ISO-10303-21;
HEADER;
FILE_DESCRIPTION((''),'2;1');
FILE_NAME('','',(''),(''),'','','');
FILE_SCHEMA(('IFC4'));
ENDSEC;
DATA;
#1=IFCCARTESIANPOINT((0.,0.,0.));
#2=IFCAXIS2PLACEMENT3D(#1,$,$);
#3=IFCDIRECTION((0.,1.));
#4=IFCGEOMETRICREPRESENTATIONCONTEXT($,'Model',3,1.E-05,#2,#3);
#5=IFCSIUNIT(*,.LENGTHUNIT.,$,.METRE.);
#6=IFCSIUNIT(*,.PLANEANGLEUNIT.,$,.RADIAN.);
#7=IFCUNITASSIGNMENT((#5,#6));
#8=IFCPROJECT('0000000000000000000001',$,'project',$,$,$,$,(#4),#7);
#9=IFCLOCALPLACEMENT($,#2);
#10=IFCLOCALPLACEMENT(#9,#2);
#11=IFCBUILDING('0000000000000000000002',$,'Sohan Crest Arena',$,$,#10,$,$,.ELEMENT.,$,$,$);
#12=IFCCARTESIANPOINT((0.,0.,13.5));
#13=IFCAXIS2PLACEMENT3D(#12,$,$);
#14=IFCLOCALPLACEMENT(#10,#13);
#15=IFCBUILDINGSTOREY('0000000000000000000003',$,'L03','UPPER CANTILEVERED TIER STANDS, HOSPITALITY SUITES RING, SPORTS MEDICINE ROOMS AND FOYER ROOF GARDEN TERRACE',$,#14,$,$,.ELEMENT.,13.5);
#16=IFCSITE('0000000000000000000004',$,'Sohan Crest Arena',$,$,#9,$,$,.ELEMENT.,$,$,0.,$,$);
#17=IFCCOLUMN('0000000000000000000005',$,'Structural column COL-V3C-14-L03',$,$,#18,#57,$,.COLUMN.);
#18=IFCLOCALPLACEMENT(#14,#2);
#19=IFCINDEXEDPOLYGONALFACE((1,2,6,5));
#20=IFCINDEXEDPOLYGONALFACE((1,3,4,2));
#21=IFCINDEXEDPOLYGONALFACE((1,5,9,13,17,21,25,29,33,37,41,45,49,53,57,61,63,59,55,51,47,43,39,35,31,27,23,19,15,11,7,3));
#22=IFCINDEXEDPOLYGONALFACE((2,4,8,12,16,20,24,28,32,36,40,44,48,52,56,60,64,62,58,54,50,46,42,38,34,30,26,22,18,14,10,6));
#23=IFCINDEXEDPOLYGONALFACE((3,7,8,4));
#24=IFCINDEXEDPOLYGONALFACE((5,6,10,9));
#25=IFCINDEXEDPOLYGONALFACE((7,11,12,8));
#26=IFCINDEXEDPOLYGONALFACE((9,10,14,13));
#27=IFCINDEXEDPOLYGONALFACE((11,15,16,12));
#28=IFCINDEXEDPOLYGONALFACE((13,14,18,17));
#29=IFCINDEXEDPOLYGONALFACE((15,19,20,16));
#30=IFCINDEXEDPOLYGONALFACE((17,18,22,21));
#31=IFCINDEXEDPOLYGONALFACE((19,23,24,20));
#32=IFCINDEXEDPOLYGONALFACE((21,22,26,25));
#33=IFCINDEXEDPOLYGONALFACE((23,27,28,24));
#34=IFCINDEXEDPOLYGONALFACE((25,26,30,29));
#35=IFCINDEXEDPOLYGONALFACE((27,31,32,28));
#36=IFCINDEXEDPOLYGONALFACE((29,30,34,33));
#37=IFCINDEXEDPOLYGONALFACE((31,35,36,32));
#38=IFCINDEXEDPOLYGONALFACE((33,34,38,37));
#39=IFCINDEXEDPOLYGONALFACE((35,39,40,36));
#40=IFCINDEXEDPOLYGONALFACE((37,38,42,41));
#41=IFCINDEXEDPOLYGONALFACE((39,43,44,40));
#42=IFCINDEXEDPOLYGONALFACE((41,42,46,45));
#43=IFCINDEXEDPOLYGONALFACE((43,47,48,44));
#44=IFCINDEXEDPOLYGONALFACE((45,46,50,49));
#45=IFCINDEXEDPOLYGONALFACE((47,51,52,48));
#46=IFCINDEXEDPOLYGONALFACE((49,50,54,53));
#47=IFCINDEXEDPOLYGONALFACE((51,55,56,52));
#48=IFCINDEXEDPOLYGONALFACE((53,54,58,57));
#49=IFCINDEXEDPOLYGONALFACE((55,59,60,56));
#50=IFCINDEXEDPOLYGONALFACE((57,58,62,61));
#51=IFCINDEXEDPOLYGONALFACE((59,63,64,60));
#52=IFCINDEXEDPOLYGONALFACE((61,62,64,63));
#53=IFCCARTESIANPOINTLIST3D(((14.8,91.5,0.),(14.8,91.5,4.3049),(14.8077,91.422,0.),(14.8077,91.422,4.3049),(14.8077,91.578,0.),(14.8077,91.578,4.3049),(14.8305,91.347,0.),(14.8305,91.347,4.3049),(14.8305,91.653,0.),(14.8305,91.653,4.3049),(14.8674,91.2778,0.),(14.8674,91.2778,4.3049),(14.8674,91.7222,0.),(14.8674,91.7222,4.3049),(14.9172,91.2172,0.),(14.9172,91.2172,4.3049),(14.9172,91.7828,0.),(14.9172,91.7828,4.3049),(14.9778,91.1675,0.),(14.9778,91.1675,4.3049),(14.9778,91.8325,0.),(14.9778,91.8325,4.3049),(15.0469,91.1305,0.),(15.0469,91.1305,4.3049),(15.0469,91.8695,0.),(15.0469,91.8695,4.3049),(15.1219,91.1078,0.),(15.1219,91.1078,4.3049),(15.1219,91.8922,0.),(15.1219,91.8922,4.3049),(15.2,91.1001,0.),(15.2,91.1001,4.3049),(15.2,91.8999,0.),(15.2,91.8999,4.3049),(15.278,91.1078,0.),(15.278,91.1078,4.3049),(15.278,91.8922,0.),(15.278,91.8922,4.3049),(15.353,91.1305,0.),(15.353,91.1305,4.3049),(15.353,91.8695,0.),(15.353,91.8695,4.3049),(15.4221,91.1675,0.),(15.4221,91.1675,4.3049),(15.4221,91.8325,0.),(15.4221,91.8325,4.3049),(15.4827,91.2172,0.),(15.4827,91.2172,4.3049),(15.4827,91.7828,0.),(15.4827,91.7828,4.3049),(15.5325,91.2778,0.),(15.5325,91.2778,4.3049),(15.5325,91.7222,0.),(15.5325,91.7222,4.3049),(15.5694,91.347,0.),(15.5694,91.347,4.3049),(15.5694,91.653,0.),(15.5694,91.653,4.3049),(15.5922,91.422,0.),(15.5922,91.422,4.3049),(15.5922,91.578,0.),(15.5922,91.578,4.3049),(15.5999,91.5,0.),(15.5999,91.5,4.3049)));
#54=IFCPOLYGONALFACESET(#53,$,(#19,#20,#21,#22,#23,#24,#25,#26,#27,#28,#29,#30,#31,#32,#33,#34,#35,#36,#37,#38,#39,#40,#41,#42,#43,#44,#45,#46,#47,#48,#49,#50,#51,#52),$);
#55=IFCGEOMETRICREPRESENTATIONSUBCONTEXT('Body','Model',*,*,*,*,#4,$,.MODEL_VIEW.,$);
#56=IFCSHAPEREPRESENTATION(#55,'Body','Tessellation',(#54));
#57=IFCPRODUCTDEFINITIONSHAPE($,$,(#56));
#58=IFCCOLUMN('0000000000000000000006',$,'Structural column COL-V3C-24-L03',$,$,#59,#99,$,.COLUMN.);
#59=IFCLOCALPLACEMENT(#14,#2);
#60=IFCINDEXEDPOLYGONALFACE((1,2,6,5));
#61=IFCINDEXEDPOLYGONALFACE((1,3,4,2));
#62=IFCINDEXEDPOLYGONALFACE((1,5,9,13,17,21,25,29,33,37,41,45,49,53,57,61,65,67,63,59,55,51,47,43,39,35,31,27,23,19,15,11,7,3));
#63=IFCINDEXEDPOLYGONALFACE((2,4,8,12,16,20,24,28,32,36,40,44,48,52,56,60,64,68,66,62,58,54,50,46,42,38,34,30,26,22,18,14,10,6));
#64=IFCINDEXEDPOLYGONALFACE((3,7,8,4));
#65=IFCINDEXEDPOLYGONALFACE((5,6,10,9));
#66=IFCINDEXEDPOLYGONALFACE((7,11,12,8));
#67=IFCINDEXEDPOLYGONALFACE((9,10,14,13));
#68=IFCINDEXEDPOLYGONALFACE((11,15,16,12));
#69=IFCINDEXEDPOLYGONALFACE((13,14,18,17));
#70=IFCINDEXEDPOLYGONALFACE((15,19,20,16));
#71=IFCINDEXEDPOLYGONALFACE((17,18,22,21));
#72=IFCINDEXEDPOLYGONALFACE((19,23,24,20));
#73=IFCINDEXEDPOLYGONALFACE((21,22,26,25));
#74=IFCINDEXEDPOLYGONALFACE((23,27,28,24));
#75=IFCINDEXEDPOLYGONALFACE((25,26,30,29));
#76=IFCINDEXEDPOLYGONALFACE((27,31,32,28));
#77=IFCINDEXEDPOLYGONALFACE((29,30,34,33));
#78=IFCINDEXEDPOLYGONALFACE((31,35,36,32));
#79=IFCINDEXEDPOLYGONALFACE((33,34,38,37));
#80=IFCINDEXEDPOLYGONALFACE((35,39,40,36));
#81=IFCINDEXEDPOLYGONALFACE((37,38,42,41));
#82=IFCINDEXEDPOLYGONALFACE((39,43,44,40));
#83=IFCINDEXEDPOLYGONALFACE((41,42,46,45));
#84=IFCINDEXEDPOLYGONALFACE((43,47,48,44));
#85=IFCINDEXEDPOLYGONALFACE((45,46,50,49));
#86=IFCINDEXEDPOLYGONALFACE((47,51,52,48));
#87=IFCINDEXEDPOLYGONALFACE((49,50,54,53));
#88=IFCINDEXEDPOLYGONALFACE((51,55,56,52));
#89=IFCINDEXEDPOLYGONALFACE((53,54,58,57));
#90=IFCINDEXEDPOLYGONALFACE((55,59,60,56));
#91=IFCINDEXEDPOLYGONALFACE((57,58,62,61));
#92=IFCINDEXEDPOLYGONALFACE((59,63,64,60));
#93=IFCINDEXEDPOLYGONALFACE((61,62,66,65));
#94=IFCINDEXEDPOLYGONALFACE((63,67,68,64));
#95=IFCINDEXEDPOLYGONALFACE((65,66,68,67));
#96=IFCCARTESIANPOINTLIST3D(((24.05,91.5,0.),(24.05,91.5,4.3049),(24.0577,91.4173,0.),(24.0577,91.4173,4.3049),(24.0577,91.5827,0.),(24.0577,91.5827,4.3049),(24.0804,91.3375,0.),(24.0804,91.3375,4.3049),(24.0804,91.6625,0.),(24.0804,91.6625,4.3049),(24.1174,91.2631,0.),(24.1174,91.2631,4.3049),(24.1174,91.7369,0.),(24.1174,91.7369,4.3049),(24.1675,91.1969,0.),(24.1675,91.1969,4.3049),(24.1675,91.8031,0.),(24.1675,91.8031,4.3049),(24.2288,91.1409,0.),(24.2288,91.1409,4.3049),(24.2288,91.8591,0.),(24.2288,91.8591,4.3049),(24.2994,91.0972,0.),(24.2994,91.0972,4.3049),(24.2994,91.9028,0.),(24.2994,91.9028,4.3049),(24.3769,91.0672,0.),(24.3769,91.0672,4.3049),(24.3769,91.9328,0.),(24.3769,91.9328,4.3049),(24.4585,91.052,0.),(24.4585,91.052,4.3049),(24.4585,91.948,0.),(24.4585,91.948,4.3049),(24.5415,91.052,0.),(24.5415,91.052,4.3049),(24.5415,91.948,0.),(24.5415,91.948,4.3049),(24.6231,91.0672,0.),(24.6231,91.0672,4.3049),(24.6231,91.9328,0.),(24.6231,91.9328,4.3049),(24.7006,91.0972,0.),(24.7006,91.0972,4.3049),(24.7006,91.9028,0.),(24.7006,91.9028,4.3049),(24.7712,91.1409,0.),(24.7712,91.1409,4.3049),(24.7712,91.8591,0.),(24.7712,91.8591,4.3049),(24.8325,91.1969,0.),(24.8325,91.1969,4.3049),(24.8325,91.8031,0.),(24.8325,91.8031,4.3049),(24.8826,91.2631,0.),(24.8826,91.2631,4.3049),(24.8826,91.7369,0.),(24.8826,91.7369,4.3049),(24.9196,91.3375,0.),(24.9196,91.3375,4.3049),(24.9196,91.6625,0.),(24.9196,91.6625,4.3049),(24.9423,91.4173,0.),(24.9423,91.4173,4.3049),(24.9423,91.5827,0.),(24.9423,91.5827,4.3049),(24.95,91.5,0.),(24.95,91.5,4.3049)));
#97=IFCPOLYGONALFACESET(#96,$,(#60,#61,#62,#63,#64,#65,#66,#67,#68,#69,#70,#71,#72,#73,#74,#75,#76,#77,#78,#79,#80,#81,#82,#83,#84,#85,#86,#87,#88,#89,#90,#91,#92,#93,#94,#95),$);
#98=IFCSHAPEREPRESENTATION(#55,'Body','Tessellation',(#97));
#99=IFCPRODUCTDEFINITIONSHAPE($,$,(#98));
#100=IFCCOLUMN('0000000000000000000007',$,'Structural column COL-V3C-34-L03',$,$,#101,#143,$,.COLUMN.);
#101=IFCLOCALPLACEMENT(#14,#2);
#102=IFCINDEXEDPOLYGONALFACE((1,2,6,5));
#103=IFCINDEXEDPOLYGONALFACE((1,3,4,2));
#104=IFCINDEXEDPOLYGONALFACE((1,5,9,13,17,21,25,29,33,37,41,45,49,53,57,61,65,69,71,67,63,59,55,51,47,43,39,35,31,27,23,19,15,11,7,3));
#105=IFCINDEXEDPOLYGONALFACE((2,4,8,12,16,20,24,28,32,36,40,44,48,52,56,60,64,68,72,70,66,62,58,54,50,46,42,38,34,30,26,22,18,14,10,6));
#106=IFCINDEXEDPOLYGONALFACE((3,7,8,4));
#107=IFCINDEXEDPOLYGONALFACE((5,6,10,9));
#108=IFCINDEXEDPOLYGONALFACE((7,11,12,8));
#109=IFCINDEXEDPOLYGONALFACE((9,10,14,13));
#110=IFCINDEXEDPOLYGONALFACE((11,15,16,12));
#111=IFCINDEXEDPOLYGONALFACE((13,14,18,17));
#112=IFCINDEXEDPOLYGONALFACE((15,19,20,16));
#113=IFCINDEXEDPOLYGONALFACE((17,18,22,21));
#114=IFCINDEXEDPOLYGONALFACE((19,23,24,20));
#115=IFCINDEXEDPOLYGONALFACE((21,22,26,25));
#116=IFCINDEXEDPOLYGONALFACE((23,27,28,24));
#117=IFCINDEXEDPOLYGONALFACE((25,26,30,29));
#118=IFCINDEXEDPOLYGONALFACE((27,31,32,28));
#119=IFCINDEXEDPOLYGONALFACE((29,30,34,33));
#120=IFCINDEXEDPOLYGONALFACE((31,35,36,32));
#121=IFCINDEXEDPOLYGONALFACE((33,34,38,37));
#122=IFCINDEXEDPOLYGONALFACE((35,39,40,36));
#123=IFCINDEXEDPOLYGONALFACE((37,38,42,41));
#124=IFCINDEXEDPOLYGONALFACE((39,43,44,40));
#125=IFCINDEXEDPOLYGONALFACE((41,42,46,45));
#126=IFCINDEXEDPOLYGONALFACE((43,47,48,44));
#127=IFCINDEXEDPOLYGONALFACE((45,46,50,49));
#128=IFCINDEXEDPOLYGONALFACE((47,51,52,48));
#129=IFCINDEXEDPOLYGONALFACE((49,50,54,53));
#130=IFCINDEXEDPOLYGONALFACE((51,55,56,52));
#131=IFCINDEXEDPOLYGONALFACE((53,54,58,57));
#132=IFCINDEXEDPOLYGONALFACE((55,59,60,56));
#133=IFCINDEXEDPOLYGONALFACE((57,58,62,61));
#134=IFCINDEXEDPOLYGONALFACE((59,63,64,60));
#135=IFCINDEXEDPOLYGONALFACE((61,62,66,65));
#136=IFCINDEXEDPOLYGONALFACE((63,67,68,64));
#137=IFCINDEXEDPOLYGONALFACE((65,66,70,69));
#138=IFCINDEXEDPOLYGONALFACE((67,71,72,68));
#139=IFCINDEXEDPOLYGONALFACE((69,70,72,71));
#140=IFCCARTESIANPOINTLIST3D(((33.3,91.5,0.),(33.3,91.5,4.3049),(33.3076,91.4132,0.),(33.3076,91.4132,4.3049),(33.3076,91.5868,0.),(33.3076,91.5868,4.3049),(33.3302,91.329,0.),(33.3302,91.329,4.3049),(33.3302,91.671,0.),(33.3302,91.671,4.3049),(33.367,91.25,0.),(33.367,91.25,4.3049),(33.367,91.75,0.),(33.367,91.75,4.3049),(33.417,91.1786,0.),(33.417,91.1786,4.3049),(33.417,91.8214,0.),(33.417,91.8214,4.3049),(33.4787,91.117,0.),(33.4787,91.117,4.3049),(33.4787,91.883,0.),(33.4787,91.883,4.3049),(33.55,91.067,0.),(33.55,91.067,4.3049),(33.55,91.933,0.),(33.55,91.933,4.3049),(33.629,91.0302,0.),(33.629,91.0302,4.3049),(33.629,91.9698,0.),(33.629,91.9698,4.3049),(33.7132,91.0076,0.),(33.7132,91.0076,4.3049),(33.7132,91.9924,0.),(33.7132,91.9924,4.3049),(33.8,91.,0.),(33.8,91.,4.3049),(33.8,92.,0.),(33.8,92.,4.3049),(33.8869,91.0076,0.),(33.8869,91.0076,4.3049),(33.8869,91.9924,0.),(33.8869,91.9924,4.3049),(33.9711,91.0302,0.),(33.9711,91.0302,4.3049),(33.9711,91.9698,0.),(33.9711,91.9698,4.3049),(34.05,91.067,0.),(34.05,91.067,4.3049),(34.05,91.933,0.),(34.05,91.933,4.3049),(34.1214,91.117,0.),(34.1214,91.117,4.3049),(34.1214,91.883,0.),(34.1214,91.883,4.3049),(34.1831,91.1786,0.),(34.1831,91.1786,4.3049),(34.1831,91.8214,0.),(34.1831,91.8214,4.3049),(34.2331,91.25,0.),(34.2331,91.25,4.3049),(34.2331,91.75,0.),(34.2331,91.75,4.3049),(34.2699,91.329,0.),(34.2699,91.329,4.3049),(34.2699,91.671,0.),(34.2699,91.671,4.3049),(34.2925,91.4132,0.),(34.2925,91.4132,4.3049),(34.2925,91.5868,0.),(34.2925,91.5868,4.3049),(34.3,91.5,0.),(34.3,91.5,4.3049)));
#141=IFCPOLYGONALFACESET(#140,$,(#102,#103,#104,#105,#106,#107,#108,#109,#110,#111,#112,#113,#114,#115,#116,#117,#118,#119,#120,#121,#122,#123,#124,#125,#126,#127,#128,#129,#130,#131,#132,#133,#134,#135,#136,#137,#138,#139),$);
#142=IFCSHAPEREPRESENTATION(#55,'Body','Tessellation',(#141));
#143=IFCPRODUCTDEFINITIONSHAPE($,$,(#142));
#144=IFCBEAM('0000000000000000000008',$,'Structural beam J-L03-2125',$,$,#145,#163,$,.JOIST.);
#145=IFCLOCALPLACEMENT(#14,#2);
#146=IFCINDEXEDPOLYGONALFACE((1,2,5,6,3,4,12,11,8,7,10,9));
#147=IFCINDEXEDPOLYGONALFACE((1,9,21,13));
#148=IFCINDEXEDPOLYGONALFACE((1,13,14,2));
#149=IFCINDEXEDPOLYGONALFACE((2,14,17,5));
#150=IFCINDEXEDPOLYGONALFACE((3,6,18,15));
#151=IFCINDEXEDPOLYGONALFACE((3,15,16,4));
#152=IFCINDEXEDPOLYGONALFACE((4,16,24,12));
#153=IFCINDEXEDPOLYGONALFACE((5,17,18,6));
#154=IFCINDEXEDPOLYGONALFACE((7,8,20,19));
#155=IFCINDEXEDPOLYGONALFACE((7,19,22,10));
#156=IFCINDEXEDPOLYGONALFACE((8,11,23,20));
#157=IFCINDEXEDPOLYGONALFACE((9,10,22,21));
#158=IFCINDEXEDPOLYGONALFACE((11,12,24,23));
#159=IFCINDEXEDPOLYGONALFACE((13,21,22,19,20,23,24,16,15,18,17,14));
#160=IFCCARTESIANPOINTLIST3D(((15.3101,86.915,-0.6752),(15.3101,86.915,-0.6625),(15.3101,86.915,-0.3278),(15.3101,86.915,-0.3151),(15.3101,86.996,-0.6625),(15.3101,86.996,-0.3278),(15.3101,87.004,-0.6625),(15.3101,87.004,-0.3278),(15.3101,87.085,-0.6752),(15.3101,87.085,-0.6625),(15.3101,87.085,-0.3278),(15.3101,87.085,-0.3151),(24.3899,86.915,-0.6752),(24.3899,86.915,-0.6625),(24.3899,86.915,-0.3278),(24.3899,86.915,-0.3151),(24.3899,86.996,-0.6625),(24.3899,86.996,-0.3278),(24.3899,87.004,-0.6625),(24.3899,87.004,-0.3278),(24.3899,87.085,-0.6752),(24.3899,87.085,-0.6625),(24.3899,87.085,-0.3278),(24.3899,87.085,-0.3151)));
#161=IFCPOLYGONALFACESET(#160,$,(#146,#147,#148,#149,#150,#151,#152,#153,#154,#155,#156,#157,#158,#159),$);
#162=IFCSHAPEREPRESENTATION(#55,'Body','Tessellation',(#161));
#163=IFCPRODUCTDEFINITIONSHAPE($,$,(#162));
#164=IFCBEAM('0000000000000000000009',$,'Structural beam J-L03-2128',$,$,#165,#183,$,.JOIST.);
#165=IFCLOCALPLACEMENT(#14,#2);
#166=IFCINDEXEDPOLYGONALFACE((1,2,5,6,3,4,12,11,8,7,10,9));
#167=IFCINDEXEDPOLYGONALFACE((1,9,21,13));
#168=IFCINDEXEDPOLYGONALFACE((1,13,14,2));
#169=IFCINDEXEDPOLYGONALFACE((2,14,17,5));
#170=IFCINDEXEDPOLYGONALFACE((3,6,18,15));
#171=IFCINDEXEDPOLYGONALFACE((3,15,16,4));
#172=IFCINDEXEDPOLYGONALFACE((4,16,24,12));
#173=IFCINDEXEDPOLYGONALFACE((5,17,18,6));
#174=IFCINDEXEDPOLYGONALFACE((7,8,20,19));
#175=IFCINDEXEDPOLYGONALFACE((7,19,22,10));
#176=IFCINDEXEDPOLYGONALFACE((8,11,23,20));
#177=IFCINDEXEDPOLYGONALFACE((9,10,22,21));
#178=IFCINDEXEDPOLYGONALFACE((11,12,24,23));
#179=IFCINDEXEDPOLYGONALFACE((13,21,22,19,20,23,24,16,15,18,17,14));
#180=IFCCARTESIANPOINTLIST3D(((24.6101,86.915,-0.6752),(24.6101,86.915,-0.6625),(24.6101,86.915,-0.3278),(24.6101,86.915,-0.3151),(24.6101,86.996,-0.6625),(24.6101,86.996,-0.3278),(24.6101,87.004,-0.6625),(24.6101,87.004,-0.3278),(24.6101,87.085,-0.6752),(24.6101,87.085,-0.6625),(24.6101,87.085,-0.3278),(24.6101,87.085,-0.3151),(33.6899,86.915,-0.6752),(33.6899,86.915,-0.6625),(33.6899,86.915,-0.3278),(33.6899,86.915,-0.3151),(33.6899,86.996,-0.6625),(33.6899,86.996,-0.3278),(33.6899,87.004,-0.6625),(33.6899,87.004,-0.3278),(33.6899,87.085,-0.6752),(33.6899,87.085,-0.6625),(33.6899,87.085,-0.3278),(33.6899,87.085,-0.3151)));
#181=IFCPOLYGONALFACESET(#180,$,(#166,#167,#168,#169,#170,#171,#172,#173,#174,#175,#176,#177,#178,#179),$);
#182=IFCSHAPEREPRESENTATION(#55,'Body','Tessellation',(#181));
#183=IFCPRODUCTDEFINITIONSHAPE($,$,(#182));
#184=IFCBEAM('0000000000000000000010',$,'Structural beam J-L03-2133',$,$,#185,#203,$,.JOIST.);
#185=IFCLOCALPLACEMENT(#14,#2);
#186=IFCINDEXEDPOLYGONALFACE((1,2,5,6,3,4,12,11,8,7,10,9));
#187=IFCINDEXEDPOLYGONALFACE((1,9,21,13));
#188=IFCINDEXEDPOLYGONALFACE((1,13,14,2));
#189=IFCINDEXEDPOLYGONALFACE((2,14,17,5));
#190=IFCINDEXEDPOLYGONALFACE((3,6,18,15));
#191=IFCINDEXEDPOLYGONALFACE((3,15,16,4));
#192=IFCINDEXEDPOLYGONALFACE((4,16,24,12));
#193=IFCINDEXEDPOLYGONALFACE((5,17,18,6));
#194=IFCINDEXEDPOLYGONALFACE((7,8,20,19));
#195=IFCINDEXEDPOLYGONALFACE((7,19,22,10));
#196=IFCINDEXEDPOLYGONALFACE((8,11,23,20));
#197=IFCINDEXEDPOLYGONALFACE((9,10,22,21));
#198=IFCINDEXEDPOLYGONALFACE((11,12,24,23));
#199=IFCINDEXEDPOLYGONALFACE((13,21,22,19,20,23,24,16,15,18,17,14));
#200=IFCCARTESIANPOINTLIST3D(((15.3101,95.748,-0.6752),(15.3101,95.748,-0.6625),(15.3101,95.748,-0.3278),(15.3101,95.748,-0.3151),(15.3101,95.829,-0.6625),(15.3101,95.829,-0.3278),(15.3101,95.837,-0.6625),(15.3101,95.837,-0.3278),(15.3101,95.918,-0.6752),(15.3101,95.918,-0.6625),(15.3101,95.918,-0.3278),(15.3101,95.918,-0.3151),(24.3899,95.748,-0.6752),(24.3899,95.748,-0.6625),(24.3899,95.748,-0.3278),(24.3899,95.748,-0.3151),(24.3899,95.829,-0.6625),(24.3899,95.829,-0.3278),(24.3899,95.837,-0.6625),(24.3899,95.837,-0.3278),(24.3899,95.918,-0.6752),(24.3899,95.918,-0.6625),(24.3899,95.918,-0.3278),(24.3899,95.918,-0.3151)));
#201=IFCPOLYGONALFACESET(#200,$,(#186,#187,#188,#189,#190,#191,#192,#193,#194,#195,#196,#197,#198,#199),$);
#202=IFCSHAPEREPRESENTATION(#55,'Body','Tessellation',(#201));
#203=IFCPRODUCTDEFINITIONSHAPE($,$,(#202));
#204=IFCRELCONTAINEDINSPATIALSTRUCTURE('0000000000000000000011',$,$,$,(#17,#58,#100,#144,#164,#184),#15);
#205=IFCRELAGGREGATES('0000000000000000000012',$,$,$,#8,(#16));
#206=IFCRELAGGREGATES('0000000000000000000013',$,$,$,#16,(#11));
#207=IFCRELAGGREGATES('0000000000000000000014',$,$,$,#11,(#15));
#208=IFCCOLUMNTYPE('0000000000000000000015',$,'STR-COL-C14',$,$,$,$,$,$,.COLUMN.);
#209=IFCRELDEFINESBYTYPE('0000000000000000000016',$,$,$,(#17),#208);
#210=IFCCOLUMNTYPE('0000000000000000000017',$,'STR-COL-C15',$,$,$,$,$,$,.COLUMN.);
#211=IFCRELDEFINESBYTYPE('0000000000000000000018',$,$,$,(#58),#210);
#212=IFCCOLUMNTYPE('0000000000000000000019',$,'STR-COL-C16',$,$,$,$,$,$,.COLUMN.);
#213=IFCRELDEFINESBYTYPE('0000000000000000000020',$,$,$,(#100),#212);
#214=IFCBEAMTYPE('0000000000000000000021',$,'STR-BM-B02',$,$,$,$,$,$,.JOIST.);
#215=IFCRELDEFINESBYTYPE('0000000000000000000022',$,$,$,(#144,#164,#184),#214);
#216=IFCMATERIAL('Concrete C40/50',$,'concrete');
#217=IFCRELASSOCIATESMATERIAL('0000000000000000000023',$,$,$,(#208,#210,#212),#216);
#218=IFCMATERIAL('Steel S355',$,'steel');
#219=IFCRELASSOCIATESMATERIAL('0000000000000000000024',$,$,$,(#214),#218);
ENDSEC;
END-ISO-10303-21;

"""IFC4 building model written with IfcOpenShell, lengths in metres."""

from ifc_helpers import new_model, si_unit, direction, frame, origin, origin_2d, place, context, subcontext, project, spatial, circle, i_section, extrude, material, material_profile, profile_set, type_object, element, save


model = new_model("IFC4")

# Units and contexts
model_context = context("Model", 3, precision=1e-05, world=origin(), true_north=direction((0.0, 1.0)))
body_context = subcontext(model_context, "Body", "Model", "MODEL_VIEW")
ifc_project = project(units=[si_unit("LENGTHUNIT", "METRE"), si_unit("PLANEANGLEUNIT", "RADIAN")], contexts=[model_context])

# Site, building, storey
site_placement = place(None, origin())
site = spatial("IfcSite", under=ifc_project, at=site_placement, Name="Sohan Crest Arena", CompositionType="ELEMENT", RefElevation=0.0)
building_placement = place(site_placement, origin())
building = spatial("IfcBuilding", under=site, at=building_placement, Name="Sohan Crest Arena", CompositionType="ELEMENT")
storey_placement = place(building_placement, frame((0.0, 0.0, 13.5)))
storey = spatial("IfcBuildingStorey", under=building, at=storey_placement, Name="L03", Description="UPPER CANTILEVERED TIER STANDS, HOSPITALITY SUITES RING, SPORTS MEDICINE ROOMS AND FOYER ROOF GARDEN TERRACE", CompositionType="ELEMENT", Elevation=13.5)

# Columns
ifc_material_1 = material(Name="Concrete C40/50", Category="concrete")
ifc_material_profile_1 = material_profile(ifc_material_1, circle(Radius=0.3999, at=origin_2d()), Name="RC D800")
ifc_profile_set_1 = profile_set([ifc_material_profile_1], Name="Concrete C40/50")
column_type_1 = type_object("IfcColumnType", Name="STR-COL-C14", PredefinedType="COLUMN", material=ifc_profile_set_1)
column_1_placement = place(storey_placement, frame((15.2, 91.5, 0.0), z_axis=(0.0, 0.0, 1.0), x_axis=(1.0, 0.0, 0.0)))
element("IfcColumn", 1, at=column_1_placement, inside=storey, type_object=column_type_1, Name="Structural column COL-V3C-14-L03", PredefinedType="COLUMN", context=body_context, shape_type="SweptSolid", body=[
    extrude(circle(Radius=0.3999, at=origin_2d()), origin(), (0.0, 0.0, 1.0), 4.3049),
])
ifc_material_profile_2 = material_profile(ifc_material_1, circle(Radius=0.45, at=origin_2d()), Name="RC D900")
ifc_profile_set_2 = profile_set([ifc_material_profile_2], Name="Concrete C40/50")
column_type_2 = type_object("IfcColumnType", Name="STR-COL-C15", PredefinedType="COLUMN", material=ifc_profile_set_2)
column_2_placement = place(storey_placement, frame((24.5, 91.5, 0.0), z_axis=(0.0, 0.0, 1.0), x_axis=(1.0, 0.0, 0.0)))
element("IfcColumn", 2, at=column_2_placement, inside=storey, type_object=column_type_2, Name="Structural column COL-V3C-24-L03", PredefinedType="COLUMN", context=body_context, shape_type="SweptSolid", body=[
    extrude(circle(Radius=0.45, at=origin_2d()), origin(), (0.0, 0.0, 1.0), 4.3049),
])
ifc_material_profile_3 = material_profile(ifc_material_1, circle(Radius=0.5, at=origin_2d()), Name="RC D1000")
ifc_profile_set_3 = profile_set([ifc_material_profile_3], Name="Concrete C40/50")
column_type_3 = type_object("IfcColumnType", Name="STR-COL-C16", PredefinedType="COLUMN", material=ifc_profile_set_3)
column_3_placement = place(storey_placement, frame((33.8, 91.5, 0.0), z_axis=(0.0, 0.0, 1.0), x_axis=(1.0, 0.0, 0.0)))
element("IfcColumn", 3, at=column_3_placement, inside=storey, type_object=column_type_3, Name="Structural column COL-V3C-34-L03", PredefinedType="COLUMN", context=body_context, shape_type="SweptSolid", body=[
    extrude(circle(Radius=0.5, at=origin_2d()), origin(), (0.0, 0.0, 1.0), 4.3049),
])

# Beams
ifc_material_2 = material(Name="Steel S355", Category="steel")
ifc_material_profile_4 = material_profile(ifc_material_2, i_section(OverallWidth=0.1699, OverallDepth=0.3601, WebThickness=0.0081, FlangeThickness=0.0127, at=origin_2d()), Name="IPE 360")
ifc_profile_set_4 = profile_set([ifc_material_profile_4], Name="Steel S355")
beam_type_1 = type_object("IfcBeamType", Name="STR-BM-B02", PredefinedType="JOIST", material=ifc_profile_set_4)
for number, where, z_axis, x_axis, name in (
    (4, (15.3101, 87.0, -0.4951), (1.0, 0.0, 0.0), (0.0, 1.0, 0.0), "Structural beam J-L03-2125"),
    (5, (24.6101, 87.0, -0.4951), (1.0, 0.0, 0.0), (0.0, 1.0, 0.0), "Structural beam J-L03-2128"),
    (6, (15.3101, 95.833, -0.4951), (1.0, 0.0, 0.0), (0.0, 1.0, 0.0), "Structural beam J-L03-2133"),
):
    element("IfcBeam", number, at=place(storey_placement, frame(where, z_axis=z_axis, x_axis=x_axis)), inside=storey, type_object=beam_type_1, Name=name, PredefinedType="JOIST", context=body_context, shape_type="SweptSolid", body=[
        extrude(i_section(OverallWidth=0.1699, OverallDepth=0.3601, WebThickness=0.0081, FlangeThickness=0.0127, at=origin_2d()), origin(), (0.0, 0.0, 1.0), 9.0798),
    ])

save(model, "model.ifc")
